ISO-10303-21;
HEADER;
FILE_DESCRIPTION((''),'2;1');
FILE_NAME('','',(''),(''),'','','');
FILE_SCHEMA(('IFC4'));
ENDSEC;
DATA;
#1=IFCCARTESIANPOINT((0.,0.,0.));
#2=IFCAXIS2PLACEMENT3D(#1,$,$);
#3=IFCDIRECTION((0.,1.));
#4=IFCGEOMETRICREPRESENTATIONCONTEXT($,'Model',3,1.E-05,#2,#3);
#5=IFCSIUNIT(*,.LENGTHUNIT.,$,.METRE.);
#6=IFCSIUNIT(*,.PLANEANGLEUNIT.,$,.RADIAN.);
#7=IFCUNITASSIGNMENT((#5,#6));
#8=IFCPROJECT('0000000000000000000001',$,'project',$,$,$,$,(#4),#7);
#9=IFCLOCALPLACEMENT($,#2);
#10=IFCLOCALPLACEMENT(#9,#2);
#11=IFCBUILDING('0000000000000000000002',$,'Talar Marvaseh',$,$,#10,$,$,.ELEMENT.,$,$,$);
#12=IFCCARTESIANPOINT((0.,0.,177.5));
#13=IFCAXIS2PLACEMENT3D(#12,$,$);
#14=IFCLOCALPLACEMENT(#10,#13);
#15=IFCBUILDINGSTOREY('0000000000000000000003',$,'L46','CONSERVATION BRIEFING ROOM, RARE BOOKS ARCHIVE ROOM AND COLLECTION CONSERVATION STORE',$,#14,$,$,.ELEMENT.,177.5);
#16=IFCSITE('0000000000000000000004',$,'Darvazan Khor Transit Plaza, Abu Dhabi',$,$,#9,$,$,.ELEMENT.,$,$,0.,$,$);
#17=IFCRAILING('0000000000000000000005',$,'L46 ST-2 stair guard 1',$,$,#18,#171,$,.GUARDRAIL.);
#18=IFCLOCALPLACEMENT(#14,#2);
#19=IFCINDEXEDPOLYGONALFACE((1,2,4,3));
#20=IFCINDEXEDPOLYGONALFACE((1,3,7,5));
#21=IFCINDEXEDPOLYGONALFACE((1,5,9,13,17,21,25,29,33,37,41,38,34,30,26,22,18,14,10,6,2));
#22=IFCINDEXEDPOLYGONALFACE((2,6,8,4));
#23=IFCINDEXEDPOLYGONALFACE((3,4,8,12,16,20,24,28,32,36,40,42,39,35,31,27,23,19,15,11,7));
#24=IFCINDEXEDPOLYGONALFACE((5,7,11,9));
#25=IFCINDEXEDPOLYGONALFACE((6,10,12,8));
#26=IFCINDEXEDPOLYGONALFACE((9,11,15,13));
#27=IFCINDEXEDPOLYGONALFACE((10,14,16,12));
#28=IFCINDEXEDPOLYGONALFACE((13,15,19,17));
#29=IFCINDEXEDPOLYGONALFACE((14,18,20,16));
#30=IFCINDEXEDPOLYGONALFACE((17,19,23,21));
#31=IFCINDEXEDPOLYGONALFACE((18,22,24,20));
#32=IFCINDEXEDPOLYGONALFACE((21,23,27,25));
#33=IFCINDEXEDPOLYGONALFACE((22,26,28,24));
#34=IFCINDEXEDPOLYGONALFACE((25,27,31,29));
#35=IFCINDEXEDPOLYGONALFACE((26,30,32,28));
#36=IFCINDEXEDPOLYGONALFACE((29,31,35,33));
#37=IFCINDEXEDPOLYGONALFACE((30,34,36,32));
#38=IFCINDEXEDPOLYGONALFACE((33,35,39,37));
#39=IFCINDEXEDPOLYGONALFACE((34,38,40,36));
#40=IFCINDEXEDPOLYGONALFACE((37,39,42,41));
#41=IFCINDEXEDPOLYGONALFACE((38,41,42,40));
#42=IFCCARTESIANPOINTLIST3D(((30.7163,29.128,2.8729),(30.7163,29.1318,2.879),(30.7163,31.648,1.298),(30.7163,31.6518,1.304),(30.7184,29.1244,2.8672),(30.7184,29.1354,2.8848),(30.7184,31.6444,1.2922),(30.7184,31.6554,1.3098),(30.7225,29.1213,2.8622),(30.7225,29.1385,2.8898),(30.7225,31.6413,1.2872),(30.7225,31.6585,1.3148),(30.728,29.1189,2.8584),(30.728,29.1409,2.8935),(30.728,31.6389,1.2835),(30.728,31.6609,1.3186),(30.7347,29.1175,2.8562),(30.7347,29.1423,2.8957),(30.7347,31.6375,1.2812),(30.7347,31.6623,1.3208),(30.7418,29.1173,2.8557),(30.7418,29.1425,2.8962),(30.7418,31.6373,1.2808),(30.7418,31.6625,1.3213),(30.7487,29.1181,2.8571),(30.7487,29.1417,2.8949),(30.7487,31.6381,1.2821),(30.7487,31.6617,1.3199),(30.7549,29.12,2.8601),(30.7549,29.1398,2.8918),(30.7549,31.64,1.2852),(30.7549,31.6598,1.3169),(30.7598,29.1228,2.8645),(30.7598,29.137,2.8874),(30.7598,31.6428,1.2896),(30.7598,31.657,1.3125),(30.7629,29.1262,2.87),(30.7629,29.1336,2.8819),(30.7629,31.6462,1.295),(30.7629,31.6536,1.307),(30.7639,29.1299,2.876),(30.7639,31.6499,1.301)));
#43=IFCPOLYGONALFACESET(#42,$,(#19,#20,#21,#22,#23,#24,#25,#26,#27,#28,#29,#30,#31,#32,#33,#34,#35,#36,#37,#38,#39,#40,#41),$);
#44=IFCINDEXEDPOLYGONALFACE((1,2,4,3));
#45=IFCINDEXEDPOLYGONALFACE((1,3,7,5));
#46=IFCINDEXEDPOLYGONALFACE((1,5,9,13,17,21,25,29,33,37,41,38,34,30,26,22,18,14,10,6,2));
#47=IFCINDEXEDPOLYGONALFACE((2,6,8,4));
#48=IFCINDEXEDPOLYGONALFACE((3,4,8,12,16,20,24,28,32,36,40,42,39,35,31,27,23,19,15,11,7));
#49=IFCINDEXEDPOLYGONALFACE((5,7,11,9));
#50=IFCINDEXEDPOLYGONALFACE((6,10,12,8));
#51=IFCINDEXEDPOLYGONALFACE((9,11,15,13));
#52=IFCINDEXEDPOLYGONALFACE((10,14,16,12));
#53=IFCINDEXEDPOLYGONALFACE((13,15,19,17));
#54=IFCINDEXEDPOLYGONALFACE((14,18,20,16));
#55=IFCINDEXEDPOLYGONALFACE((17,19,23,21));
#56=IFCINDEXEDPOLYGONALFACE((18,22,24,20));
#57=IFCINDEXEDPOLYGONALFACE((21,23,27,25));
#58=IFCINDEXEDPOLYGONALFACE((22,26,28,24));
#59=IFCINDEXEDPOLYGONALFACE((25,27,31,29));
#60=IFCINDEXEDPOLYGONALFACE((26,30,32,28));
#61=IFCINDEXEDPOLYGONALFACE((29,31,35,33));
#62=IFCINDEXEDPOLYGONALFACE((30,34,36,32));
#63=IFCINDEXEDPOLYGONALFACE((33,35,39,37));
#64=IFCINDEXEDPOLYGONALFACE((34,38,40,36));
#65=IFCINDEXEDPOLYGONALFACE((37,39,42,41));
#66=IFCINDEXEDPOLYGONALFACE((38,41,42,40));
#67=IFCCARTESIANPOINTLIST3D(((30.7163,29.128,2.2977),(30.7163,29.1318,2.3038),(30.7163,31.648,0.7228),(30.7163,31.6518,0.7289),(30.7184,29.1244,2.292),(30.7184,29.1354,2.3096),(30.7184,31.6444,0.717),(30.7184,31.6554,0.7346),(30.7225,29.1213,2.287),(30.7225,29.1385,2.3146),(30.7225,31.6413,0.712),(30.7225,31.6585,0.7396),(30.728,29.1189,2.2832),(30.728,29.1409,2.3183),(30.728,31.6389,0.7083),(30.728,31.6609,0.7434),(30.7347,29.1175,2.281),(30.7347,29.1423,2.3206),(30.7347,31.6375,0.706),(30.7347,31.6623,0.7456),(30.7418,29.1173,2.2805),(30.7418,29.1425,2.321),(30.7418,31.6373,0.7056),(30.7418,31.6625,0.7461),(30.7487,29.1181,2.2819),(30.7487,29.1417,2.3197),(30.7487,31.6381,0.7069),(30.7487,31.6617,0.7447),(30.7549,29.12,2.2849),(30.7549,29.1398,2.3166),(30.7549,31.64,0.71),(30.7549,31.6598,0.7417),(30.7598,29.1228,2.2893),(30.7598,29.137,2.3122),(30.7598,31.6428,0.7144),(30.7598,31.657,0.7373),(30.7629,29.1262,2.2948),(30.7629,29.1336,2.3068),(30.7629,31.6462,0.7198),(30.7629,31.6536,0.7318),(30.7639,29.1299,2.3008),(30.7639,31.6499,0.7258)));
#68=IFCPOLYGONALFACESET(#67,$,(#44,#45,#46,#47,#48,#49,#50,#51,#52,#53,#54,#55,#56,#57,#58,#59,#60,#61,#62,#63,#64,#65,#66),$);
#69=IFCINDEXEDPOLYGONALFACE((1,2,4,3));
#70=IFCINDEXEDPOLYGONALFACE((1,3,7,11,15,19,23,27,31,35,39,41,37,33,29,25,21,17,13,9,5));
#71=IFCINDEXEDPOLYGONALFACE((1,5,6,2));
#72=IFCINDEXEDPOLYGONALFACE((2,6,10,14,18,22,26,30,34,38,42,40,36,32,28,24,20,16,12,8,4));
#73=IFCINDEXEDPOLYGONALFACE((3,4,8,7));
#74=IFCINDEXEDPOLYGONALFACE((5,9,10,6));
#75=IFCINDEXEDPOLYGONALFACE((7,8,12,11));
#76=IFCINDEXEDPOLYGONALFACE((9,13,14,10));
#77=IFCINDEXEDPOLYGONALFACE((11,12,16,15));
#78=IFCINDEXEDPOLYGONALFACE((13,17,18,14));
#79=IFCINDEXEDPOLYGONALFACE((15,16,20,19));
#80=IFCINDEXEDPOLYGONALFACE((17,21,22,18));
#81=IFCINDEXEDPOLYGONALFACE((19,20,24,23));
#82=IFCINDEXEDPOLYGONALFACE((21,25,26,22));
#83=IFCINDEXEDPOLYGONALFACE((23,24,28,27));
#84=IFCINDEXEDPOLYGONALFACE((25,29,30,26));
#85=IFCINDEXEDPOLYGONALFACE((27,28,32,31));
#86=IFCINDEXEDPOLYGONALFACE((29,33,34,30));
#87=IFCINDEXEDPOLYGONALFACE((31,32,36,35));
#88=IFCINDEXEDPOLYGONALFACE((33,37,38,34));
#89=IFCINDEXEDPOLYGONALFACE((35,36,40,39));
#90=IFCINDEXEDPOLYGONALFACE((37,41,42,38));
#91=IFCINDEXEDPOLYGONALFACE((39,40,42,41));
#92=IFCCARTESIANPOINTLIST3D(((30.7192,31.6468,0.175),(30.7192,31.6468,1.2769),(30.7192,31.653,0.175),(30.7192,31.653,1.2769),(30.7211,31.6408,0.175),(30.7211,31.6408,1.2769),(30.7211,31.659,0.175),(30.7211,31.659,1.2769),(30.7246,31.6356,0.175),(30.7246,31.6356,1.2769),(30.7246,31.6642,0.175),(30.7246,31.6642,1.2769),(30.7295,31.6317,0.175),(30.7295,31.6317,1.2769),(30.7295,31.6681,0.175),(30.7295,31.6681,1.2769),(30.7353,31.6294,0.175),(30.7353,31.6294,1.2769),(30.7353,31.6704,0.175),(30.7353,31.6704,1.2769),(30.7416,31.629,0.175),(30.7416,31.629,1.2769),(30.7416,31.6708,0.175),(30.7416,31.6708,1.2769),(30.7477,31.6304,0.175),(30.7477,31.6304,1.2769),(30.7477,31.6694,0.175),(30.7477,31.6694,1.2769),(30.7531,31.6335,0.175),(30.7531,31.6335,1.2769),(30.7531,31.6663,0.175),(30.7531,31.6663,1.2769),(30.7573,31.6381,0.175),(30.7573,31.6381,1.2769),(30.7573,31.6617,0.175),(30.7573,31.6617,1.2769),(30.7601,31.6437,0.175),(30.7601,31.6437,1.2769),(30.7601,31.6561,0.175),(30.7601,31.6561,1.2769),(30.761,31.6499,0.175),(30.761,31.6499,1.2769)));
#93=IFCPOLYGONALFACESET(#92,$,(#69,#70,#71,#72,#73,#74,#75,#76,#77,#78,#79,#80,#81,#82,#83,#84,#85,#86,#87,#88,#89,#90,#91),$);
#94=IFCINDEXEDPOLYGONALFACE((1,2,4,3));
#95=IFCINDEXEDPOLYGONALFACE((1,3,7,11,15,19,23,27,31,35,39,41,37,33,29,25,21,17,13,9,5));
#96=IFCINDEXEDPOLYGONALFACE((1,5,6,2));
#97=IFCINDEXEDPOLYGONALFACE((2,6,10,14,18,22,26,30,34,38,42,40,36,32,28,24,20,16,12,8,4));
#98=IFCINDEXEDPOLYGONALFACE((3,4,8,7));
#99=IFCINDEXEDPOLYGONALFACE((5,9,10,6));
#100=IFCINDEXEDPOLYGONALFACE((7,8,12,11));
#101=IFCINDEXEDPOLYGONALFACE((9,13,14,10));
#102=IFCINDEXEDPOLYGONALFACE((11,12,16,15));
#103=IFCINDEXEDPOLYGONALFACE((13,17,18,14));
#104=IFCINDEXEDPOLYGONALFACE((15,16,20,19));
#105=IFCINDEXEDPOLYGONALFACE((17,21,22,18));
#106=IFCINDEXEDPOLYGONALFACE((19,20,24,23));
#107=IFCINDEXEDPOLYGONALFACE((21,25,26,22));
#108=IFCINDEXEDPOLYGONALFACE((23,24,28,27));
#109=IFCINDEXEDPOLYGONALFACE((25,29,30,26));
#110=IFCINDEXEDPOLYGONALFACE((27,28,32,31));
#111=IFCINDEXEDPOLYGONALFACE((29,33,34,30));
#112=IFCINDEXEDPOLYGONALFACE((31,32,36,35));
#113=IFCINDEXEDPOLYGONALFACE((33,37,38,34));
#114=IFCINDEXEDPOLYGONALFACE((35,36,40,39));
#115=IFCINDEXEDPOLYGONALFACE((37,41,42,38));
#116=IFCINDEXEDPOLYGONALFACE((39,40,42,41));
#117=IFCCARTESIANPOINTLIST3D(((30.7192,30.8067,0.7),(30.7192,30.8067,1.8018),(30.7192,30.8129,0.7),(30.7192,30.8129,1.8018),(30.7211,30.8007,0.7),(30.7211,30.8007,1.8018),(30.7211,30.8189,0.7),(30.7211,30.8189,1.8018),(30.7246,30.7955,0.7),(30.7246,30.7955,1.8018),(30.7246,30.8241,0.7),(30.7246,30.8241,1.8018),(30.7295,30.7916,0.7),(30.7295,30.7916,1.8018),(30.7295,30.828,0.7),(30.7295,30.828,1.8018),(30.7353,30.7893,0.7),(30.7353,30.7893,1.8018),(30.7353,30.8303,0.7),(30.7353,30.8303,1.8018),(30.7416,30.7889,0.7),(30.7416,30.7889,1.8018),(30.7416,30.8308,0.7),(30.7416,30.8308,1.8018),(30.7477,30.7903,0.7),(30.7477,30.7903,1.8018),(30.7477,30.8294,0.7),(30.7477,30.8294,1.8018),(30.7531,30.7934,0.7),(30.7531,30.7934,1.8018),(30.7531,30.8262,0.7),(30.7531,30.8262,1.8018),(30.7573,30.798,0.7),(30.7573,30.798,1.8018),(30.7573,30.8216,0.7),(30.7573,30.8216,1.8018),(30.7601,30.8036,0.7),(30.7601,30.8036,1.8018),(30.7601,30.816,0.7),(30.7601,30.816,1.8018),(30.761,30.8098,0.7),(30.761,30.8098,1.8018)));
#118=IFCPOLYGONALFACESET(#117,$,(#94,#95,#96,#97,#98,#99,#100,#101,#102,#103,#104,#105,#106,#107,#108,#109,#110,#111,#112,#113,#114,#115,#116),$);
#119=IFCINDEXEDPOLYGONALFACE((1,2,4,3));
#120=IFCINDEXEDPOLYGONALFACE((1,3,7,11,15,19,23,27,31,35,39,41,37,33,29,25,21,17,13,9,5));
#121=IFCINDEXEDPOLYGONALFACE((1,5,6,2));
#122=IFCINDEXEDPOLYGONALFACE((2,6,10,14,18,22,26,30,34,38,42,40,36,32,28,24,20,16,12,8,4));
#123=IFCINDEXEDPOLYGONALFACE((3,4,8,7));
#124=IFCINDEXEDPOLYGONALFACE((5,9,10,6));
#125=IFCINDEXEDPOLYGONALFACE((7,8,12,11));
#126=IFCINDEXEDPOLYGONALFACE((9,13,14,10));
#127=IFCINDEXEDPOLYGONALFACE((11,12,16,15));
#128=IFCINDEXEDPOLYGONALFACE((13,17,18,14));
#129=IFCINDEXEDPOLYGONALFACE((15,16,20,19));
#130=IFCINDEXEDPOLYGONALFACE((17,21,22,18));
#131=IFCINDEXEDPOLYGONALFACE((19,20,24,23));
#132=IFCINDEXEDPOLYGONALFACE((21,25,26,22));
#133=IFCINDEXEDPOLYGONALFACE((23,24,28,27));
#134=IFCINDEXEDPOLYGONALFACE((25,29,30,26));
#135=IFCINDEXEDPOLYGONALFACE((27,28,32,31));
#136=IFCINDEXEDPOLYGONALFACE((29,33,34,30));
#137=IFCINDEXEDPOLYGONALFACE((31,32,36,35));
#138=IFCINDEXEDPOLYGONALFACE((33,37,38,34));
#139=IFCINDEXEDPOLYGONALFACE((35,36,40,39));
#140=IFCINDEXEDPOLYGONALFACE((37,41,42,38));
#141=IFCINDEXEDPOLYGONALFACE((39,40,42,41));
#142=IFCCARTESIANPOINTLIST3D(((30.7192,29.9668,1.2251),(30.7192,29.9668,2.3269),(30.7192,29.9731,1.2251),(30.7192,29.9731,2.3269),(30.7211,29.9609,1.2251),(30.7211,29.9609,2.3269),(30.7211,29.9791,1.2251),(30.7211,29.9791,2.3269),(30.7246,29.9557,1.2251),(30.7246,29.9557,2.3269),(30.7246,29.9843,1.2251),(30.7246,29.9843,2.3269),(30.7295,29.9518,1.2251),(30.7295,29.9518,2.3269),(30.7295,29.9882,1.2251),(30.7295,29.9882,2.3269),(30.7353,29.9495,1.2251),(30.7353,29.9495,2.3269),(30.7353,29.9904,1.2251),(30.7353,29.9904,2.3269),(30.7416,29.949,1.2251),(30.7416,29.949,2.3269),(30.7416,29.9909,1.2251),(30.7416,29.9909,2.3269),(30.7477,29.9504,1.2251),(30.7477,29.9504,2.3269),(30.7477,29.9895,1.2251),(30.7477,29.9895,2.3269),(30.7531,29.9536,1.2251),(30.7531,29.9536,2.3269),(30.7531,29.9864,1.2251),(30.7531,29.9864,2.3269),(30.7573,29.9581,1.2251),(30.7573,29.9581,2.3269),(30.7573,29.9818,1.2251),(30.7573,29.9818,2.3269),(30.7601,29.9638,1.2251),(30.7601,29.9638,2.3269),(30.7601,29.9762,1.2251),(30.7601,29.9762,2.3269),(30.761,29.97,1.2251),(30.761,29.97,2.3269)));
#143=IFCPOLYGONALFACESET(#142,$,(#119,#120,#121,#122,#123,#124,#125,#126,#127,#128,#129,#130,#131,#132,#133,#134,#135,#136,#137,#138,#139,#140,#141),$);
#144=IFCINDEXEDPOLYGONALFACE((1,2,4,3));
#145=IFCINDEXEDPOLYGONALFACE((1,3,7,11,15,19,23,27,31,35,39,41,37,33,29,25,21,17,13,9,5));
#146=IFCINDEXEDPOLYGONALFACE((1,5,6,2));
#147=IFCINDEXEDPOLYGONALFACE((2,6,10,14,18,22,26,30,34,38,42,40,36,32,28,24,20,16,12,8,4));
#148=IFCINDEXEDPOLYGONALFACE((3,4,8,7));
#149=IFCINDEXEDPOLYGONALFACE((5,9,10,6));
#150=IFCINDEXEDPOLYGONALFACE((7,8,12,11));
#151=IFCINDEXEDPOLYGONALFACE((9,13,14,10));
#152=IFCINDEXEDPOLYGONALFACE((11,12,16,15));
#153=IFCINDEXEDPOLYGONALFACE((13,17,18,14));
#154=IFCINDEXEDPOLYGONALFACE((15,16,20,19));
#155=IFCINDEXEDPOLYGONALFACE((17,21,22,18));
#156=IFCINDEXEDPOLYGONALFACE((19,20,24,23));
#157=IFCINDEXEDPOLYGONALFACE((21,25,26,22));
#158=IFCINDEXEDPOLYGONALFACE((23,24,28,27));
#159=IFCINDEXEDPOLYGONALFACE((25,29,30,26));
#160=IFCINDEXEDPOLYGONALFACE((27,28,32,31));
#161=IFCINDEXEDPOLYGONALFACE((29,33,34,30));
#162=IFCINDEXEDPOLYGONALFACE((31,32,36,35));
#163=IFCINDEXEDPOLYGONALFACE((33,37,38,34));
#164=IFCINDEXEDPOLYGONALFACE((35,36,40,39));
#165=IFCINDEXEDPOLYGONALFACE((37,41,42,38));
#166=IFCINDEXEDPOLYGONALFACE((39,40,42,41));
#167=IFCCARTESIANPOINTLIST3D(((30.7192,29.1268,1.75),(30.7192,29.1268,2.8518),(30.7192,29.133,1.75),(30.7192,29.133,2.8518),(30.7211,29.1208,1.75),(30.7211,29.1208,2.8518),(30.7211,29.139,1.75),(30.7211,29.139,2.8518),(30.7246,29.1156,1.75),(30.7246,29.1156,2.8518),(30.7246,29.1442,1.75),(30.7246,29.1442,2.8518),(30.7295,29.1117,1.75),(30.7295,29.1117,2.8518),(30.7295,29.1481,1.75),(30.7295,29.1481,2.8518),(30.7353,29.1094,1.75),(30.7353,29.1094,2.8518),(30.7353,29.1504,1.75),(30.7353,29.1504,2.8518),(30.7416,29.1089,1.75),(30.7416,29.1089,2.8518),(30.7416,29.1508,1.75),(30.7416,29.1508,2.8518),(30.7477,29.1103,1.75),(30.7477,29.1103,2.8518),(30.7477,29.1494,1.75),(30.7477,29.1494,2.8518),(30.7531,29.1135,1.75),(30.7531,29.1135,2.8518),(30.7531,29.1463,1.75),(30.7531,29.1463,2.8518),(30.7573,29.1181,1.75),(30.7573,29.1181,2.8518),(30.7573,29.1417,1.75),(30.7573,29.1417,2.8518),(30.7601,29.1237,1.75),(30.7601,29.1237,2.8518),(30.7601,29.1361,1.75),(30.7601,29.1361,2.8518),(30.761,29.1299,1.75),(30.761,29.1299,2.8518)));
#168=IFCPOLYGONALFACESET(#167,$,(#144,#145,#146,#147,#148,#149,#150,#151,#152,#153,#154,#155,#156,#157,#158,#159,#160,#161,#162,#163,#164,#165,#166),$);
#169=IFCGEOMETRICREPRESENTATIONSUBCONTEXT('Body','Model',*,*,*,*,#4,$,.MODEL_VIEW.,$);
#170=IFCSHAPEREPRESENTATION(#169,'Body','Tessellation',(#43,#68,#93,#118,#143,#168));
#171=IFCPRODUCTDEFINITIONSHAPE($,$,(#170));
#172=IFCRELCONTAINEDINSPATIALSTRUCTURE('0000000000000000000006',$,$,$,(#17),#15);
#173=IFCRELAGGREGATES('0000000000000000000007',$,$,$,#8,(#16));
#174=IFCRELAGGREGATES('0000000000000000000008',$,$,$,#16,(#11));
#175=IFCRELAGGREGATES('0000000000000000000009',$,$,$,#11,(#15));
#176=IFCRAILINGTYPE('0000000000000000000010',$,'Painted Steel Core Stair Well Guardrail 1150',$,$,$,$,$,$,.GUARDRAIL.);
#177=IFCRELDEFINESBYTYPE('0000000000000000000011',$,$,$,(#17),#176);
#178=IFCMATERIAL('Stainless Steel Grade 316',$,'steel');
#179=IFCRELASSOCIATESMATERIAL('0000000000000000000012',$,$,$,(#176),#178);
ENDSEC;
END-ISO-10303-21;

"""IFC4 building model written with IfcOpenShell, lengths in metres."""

from ifc_helpers import new_model, si_unit, direction, frame, origin, origin_2d, place, context, subcontext, project, spatial, circle, extrude, material, type_object, element, save


model = new_model("IFC4")

# Units and contexts
model_context = context("Model", 3, precision=1e-05, world=origin(), true_north=direction((0.0, 1.0)))
body_context = subcontext(model_context, "Body", "Model", "MODEL_VIEW")
ifc_project = project(units=[si_unit("LENGTHUNIT", "METRE"), si_unit("PLANEANGLEUNIT", "RADIAN")], contexts=[model_context])

# Site, building, storey
site_placement = place(None, origin())
site = spatial("IfcSite", under=ifc_project, at=site_placement, Name="Darvazan Khor Transit Plaza, Abu Dhabi", CompositionType="ELEMENT", RefElevation=0.0)
building_placement = place(site_placement, origin())
building = spatial("IfcBuilding", under=site, at=building_placement, Name="Talar Marvaseh", CompositionType="ELEMENT")
storey_placement = place(building_placement, frame((0.0, 0.0, 177.5)))
storey = spatial("IfcBuildingStorey", under=building, at=storey_placement, Name="L46", Description="CONSERVATION BRIEFING ROOM, RARE BOOKS ARCHIVE ROOM AND COLLECTION CONSERVATION STORE", CompositionType="ELEMENT", Elevation=177.5)

# Shared definitions
ifc_material_1 = material(Name="Stainless Steel Grade 316", Category="steel")

# Railing
railing_type_1 = type_object("IfcRailingType", Name="Painted Steel Core Stair Well Guardrail 1150", PredefinedType="GUARDRAIL", material=ifc_material_1)
railing_1_placement = place(storey_placement, frame((30.74, 31.6499, 0.175)))
element("IfcRailing", 1, at=railing_1_placement, inside=storey, type_object=railing_type_1, Name="L46 ST-2 stair guard 1", PredefinedType="GUARDRAIL", context=body_context, shape_type="SweptSolid", body=[
    extrude(circle(Radius=0.0239, at=origin_2d()), frame((0.0, 0.0, 1.126), z_axis=(0.0, -0.848008, 0.529984), x_axis=(1.0, 0.0, 0.0)), (0.0, 0.0, 1.0), 2.9717),
    extrude(circle(Radius=0.0239, at=origin_2d()), frame((0.0, 0.0, 0.5508), z_axis=(0.0, -0.848008, 0.529984), x_axis=(1.0, 0.0, 0.0)), (0.0, 0.0, 1.0), 2.9717),
    extrude(circle(Radius=0.021, at=origin_2d()), origin(), (0.0, 0.0, 1.0), 1.1018),
    extrude(circle(Radius=0.021, at=origin_2d()), frame((0.0, -0.8401, 0.5249)), (0.0, 0.0, 1.0), 1.1018),
    extrude(circle(Radius=0.021, at=origin_2d()), frame((0.0, -1.6799, 1.05)), (0.0, 0.0, 1.0), 1.1018),
    extrude(circle(Radius=0.021, at=origin_2d()), frame((0.0, -2.52, 1.575)), (0.0, 0.0, 1.0), 1.1018),
])

save(model, "model.ifc")
